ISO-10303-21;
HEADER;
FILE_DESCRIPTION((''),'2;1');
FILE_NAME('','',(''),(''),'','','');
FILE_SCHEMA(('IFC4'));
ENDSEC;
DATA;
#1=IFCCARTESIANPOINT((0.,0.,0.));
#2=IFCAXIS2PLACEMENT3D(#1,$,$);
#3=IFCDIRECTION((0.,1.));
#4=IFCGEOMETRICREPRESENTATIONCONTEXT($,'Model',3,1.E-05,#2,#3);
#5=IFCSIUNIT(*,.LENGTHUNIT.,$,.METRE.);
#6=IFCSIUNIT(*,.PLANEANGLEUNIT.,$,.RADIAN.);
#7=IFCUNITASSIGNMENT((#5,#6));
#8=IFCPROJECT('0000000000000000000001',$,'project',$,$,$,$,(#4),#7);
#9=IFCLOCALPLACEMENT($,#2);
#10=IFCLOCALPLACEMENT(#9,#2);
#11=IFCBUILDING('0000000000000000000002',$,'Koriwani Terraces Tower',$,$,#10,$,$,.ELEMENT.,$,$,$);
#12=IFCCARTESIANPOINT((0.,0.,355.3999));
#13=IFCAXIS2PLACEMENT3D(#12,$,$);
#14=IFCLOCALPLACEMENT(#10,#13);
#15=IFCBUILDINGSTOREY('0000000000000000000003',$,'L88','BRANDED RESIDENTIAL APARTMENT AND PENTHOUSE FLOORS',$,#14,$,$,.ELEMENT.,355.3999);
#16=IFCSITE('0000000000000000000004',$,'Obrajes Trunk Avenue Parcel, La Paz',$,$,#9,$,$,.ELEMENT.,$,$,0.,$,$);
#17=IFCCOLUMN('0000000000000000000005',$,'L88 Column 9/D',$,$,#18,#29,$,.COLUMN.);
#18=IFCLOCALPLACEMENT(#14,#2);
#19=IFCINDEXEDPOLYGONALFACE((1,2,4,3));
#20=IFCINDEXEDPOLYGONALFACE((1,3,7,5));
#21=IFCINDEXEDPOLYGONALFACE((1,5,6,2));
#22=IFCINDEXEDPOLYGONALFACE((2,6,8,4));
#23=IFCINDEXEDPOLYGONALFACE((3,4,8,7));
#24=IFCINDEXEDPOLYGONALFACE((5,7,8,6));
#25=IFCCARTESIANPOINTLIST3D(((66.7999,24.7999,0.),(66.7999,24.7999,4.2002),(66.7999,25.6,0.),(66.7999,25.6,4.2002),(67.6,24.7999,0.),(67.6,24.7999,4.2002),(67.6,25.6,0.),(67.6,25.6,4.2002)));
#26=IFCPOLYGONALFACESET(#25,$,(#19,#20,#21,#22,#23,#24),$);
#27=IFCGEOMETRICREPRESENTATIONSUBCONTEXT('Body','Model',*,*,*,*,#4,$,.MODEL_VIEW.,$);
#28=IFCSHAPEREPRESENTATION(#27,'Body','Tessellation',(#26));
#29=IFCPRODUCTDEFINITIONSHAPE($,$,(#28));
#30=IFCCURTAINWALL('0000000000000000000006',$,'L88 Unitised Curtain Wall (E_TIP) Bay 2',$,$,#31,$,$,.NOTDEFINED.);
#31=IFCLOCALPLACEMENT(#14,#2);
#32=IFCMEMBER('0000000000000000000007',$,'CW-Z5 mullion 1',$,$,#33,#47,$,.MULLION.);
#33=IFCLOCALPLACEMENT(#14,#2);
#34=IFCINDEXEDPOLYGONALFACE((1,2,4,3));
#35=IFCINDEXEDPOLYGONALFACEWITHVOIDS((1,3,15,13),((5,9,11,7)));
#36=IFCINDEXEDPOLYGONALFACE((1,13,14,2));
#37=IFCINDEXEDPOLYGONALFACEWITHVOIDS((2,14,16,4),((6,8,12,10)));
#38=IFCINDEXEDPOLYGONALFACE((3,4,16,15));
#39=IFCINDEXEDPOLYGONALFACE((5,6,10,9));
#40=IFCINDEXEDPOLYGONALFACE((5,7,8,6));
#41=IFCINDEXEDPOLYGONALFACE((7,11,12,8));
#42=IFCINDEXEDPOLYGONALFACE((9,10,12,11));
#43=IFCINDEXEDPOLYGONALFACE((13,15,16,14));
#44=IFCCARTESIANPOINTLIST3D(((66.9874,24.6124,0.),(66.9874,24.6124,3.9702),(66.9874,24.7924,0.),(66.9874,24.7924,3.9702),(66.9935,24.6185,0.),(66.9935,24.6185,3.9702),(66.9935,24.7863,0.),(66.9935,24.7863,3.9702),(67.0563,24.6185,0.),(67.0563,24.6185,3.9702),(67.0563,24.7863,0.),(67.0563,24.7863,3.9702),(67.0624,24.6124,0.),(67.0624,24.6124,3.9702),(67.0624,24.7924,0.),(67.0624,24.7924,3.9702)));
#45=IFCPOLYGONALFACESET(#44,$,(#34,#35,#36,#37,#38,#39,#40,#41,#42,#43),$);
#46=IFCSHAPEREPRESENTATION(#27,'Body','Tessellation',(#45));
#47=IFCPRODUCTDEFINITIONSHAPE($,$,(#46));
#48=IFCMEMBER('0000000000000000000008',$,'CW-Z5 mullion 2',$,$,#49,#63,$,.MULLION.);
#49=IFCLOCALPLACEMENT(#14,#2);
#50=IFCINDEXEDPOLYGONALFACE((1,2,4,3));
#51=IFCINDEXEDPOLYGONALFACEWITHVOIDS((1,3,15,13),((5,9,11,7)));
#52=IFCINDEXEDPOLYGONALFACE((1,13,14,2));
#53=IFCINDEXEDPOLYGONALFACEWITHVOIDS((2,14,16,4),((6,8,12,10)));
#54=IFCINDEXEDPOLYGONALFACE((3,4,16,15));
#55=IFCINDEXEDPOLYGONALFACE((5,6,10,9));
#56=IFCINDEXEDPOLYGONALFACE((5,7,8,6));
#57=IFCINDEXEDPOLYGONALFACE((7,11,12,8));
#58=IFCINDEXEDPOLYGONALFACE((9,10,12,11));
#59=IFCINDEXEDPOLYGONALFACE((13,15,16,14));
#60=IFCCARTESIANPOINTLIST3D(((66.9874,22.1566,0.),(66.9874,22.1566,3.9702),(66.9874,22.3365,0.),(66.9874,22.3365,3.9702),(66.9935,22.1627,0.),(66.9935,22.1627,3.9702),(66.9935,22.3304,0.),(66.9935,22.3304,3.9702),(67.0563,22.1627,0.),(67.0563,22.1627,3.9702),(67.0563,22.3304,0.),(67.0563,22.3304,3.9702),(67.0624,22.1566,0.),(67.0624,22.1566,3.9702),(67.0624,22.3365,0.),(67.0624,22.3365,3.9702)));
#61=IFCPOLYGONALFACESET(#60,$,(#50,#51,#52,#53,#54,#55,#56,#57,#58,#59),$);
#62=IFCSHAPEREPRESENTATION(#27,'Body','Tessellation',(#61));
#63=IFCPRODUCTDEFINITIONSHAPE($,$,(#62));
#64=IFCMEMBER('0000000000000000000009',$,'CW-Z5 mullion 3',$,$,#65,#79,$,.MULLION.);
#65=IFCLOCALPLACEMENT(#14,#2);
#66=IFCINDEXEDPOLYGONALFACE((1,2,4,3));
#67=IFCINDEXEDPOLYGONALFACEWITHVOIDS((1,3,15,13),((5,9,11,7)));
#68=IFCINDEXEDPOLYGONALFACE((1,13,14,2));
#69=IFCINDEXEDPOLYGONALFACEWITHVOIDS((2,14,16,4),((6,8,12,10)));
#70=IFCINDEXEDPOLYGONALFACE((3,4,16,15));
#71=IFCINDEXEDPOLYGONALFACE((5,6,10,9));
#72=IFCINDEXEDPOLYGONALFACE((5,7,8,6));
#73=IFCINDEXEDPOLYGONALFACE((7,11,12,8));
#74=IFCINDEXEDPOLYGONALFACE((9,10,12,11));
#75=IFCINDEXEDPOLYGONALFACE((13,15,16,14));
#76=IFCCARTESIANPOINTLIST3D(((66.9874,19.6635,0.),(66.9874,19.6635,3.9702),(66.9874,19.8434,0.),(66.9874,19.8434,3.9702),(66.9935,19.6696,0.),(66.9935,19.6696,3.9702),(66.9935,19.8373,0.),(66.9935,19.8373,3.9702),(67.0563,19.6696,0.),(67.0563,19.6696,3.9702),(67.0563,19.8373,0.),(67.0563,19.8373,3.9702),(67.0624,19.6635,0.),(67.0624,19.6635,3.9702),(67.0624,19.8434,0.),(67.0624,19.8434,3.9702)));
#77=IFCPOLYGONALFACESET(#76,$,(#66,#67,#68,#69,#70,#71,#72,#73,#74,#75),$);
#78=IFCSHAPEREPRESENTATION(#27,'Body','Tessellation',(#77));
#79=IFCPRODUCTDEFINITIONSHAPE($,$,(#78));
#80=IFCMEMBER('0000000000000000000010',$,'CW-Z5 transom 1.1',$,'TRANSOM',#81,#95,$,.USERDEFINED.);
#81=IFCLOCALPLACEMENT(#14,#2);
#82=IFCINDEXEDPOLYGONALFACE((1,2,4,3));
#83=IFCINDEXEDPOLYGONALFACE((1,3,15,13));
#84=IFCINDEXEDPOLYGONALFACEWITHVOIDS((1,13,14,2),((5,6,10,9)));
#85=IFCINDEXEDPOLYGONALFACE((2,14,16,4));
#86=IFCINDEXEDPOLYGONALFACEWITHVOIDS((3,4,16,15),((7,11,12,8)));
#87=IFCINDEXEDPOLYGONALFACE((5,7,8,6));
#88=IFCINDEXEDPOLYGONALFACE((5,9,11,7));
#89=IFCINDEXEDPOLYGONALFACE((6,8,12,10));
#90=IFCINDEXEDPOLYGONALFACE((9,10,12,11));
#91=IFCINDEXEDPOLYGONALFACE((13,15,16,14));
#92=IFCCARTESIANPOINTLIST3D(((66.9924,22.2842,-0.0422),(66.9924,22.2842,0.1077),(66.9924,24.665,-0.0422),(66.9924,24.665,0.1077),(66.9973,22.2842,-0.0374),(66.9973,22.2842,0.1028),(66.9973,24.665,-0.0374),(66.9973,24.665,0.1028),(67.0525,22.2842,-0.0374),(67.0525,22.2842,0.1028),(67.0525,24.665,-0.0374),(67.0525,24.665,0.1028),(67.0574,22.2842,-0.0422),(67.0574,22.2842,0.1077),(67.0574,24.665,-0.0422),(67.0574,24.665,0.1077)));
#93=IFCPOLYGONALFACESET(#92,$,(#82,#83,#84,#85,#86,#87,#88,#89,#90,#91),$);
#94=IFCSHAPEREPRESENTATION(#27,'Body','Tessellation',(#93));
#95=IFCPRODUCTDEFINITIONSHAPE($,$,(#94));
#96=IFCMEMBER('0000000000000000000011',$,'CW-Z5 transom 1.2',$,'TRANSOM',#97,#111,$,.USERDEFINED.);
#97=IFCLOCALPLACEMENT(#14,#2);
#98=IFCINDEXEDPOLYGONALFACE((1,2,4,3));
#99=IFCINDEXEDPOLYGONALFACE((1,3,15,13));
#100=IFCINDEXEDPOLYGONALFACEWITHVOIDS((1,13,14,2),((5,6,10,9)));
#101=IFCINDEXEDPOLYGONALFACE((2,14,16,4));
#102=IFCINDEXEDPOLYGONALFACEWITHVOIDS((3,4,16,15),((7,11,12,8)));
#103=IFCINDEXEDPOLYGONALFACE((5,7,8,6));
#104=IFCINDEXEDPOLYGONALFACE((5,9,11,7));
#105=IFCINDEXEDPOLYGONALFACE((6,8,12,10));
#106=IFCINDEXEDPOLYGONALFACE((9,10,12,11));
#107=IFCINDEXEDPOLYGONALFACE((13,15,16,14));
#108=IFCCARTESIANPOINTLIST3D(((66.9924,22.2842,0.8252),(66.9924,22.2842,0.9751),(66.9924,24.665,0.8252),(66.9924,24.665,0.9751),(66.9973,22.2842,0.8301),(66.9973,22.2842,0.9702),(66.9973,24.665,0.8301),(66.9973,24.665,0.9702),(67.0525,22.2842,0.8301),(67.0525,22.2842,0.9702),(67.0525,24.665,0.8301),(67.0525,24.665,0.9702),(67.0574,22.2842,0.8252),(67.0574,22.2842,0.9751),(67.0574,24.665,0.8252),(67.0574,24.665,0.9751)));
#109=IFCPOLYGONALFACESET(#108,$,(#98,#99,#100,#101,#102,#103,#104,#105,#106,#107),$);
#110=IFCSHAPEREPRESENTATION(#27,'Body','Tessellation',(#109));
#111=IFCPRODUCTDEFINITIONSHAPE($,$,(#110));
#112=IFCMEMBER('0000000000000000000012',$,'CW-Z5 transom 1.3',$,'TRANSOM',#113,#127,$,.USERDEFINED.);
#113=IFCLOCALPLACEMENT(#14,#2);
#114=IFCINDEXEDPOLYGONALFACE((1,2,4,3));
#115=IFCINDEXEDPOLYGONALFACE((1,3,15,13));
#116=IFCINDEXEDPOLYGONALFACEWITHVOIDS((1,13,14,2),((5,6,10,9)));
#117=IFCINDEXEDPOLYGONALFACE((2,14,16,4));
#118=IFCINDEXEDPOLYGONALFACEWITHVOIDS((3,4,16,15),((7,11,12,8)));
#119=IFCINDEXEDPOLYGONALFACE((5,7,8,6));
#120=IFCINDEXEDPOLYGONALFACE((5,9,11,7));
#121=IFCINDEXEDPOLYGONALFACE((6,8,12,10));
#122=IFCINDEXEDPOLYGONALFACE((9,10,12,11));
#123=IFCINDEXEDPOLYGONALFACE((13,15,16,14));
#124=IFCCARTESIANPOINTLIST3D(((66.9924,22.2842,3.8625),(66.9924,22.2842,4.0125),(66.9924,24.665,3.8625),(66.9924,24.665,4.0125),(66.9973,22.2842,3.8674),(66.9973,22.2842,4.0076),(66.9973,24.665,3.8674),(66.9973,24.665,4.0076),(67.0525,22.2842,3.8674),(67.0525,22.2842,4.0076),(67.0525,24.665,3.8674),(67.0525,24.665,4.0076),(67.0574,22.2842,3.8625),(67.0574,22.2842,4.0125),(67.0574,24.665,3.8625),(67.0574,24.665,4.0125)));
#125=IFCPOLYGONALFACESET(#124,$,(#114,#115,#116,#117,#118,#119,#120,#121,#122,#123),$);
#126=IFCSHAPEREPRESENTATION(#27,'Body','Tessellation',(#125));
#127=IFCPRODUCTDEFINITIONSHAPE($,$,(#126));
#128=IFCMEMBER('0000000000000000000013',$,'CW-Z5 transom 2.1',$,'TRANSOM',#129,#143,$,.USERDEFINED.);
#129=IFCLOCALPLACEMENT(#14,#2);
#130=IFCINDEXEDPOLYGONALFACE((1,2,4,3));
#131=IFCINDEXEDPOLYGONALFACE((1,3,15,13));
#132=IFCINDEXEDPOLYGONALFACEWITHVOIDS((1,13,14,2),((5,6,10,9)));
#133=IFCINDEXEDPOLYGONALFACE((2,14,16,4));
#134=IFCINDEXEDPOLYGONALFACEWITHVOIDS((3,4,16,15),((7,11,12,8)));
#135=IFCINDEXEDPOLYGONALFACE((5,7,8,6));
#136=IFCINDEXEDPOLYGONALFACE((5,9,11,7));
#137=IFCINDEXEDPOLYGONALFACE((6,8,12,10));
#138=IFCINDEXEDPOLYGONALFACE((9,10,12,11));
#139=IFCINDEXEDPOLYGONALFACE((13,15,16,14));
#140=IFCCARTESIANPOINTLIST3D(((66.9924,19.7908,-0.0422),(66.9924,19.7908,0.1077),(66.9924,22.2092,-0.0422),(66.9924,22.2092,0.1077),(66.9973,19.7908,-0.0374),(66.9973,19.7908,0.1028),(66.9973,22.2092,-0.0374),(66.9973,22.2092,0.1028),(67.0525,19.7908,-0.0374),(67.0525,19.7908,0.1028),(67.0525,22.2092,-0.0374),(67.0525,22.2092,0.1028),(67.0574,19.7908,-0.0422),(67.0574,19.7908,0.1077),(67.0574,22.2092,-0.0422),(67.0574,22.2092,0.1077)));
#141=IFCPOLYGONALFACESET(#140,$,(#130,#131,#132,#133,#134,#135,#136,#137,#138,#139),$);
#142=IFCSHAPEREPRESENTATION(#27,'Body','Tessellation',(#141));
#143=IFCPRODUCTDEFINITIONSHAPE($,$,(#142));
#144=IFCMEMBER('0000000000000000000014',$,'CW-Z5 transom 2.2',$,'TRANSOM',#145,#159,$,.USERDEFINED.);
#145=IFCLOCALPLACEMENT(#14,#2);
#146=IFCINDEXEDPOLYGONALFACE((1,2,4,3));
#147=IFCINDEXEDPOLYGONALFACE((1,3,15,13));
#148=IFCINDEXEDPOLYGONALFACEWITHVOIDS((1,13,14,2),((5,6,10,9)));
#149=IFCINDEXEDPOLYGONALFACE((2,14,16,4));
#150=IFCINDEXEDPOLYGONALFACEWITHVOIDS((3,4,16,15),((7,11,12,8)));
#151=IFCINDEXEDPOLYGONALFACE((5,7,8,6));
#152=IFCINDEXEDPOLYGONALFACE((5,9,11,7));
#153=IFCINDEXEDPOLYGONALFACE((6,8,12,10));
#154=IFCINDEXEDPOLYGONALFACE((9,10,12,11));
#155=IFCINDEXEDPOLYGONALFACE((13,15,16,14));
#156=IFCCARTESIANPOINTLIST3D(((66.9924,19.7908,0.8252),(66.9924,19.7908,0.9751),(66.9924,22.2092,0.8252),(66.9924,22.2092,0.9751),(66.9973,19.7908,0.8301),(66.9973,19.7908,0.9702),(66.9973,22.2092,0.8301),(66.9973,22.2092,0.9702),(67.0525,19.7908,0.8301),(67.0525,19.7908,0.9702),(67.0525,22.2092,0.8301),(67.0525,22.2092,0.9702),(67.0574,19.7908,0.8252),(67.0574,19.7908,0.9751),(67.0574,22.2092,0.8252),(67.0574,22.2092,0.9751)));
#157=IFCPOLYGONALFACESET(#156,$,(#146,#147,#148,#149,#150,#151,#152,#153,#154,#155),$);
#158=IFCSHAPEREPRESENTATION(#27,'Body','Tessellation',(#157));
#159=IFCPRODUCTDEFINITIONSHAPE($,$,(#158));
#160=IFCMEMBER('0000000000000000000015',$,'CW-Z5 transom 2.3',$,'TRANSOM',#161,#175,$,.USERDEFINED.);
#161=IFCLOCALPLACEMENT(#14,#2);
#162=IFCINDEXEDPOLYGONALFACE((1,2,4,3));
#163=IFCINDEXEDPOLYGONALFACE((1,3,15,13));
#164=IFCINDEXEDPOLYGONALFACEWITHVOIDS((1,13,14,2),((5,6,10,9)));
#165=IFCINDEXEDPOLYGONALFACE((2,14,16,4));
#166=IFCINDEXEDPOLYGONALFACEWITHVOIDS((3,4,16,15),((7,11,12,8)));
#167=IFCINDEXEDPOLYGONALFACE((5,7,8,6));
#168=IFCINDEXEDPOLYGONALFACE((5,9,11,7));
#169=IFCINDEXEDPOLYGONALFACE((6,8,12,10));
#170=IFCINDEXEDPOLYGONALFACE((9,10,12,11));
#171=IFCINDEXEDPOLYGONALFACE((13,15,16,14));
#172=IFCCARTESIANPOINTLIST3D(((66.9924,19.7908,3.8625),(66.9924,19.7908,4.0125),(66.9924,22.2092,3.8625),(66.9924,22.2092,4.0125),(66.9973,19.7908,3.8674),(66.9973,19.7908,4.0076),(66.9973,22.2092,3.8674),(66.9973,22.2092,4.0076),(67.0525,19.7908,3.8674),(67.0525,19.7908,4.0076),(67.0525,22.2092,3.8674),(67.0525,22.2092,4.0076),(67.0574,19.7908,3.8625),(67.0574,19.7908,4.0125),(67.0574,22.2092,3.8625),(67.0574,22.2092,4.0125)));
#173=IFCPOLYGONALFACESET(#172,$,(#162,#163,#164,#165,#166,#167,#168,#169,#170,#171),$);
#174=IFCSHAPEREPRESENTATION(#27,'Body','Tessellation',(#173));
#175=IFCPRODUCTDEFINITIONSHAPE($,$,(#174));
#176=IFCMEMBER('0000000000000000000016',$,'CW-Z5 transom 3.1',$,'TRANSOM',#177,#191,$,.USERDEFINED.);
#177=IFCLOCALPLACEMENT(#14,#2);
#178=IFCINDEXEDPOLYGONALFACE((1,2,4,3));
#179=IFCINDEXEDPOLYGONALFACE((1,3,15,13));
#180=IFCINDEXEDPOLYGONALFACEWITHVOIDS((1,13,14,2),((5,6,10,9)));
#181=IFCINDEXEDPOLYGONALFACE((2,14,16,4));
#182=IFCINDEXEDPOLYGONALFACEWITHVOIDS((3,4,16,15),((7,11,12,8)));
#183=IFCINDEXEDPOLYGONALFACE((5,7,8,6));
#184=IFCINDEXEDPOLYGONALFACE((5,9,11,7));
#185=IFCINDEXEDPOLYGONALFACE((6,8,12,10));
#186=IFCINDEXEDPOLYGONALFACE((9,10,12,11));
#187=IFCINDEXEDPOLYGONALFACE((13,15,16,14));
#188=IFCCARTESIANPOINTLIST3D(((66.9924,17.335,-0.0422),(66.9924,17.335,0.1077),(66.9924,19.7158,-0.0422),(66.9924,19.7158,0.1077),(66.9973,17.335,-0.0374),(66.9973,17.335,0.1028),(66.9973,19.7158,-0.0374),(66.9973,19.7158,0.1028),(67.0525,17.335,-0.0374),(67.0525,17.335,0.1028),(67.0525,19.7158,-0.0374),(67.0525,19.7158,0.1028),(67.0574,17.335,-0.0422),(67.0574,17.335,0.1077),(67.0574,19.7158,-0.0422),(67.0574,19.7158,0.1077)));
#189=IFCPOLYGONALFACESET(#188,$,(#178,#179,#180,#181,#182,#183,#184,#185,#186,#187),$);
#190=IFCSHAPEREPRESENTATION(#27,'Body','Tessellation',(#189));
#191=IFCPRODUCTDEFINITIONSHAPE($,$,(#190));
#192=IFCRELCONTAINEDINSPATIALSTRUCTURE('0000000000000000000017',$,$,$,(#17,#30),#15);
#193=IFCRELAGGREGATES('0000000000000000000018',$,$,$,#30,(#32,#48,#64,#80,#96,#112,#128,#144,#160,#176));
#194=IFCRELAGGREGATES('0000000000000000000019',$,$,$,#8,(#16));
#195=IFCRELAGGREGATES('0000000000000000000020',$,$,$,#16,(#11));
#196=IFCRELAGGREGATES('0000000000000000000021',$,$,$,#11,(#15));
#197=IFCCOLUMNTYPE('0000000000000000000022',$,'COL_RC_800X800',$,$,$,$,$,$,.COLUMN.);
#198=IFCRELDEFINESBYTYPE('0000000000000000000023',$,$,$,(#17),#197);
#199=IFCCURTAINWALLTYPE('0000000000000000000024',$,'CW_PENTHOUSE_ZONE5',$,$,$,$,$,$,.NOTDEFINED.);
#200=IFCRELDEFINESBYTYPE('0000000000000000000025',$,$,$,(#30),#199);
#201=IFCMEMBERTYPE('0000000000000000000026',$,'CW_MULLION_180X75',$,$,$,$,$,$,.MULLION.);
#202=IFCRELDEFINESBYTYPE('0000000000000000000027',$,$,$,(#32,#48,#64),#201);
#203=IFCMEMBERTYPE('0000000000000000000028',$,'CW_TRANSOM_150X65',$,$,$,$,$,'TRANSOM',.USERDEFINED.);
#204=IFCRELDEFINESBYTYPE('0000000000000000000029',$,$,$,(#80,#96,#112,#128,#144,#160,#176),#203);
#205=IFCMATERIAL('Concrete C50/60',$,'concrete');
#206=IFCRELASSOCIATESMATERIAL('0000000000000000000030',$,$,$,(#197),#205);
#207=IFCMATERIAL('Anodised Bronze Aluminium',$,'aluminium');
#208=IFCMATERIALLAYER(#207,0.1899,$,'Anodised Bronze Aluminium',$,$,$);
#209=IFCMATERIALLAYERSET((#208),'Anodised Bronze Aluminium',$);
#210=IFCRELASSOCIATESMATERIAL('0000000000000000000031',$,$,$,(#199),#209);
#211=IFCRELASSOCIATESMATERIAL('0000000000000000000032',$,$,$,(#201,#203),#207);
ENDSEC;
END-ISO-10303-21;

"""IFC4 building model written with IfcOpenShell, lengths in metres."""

from ifc_helpers import new_model, si_unit, direction, frame, origin, origin_2d, place, context, subcontext, project, spatial, rectangle, hollow_rectangle, extrude, material, layer, layer_set, material_profile, profile_set, type_object, element, aggregate, save


model = new_model("IFC4")

# Units and contexts
model_context = context("Model", 3, precision=1e-05, world=origin(), true_north=direction((0.0, 1.0)))
body_context = subcontext(model_context, "Body", "Model", "MODEL_VIEW")
ifc_project = project(units=[si_unit("LENGTHUNIT", "METRE"), si_unit("PLANEANGLEUNIT", "RADIAN")], contexts=[model_context])

# Site, building, storey
site_placement = place(None, origin())
site = spatial("IfcSite", under=ifc_project, at=site_placement, Name="Obrajes Trunk Avenue Parcel, La Paz", CompositionType="ELEMENT", RefElevation=0.0)
building_placement = place(site_placement, origin())
building = spatial("IfcBuilding", under=site, at=building_placement, Name="Koriwani Terraces Tower", CompositionType="ELEMENT")
storey_placement = place(building_placement, frame((0.0, 0.0, 355.3999)))
storey = spatial("IfcBuildingStorey", under=building, at=storey_placement, Name="L88", Description="BRANDED RESIDENTIAL APARTMENT AND PENTHOUSE FLOORS", CompositionType="ELEMENT", Elevation=355.3999)

# Column
ifc_material_1 = material(Name="Concrete C50/60", Category="concrete")
ifc_material_profile_1 = material_profile(ifc_material_1, rectangle(XDim=0.8, YDim=0.8, at=origin_2d()), Name="Concrete C50/60", Category="LoadBearing")
ifc_profile_set_1 = profile_set([ifc_material_profile_1], Name="Concrete C50/60")
column_type = type_object("IfcColumnType", Name="COL_RC_800X800", PredefinedType="COLUMN", material=ifc_profile_set_1)
column_placement = place(storey_placement, frame((67.2, 25.2, 0.0), z_axis=(0.0, 0.0, 1.0), x_axis=(1.0, 0.0, 0.0)))
element("IfcColumn", 1, at=column_placement, inside=storey, type_object=column_type, Name="L88 Column 9/D", PredefinedType="COLUMN", context=body_context, shape_type="SweptSolid", body=[
    extrude(rectangle(XDim=0.8, YDim=0.8, at=origin_2d()), origin(), (0.0, 0.0, 1.0), 4.2002),
])

# Curtain wall, members
ifc_material_2 = material(Name="Anodised Bronze Aluminium", Category="aluminium")
ifc_layer_1 = layer(ifc_material_2, 0.1899, Name="Anodised Bronze Aluminium")
ifc_layer_set_1 = layer_set([ifc_layer_1], Name="Anodised Bronze Aluminium")
curtain_wall_type = type_object("IfcCurtainWallType", Name="CW_PENTHOUSE_ZONE5", PredefinedType="NOTDEFINED", material=ifc_layer_set_1)
curtain_wall_placement = place(storey_placement, origin())
curtain_wall = element("IfcCurtainWall", 2, at=curtain_wall_placement, inside=storey, type_object=curtain_wall_type, Name="L88 Unitised Curtain Wall (E_TIP) Bay 2", PredefinedType="NOTDEFINED")
ifc_material_profile_2 = material_profile(ifc_material_2, hollow_rectangle(XDim=0.075, YDim=0.1799, WallThickness=0.0061, at=origin_2d()), Name="Anodised Bronze Aluminium", Category="LoadBearing")
ifc_profile_set_2 = profile_set([ifc_material_profile_2], Name="Anodised Bronze Aluminium")
member_type_1 = type_object("IfcMemberType", Name="CW_MULLION_180X75", PredefinedType="MULLION", material=ifc_profile_set_2)
member_1_placement = place(storey_placement, frame((67.0249, 24.7024, 0.0), z_axis=(0.0, 0.0, 1.0), x_axis=(1.0, 0.0, 0.0)))
member_1 = element("IfcMember", 3, at=member_1_placement, type_object=member_type_1, Name="CW-Z5 mullion 1", PredefinedType="MULLION", context=body_context, shape_type="SweptSolid", body=[
    extrude(hollow_rectangle(XDim=0.075, YDim=0.1799, WallThickness=0.0061, at=origin_2d()), origin(), (0.0, 0.0, 1.0), 3.9702),
])
member_2_placement = place(storey_placement, frame((67.0249, 22.2466, 0.0), z_axis=(0.0, 0.0, 1.0), x_axis=(1.0, 0.0, 0.0)))
member_2 = element("IfcMember", 4, at=member_2_placement, type_object=member_type_1, Name="CW-Z5 mullion 2", PredefinedType="MULLION", context=body_context, shape_type="SweptSolid", body=[
    extrude(hollow_rectangle(XDim=0.075, YDim=0.1799, WallThickness=0.0061, at=origin_2d()), origin(), (0.0, 0.0, 1.0), 3.9702),
])
member_3_placement = place(storey_placement, frame((67.0249, 19.7534, 0.0), z_axis=(0.0, 0.0, 1.0), x_axis=(1.0, 0.0, 0.0)))
member_3 = element("IfcMember", 5, at=member_3_placement, type_object=member_type_1, Name="CW-Z5 mullion 3", PredefinedType="MULLION", context=body_context, shape_type="SweptSolid", body=[
    extrude(hollow_rectangle(XDim=0.075, YDim=0.1799, WallThickness=0.0061, at=origin_2d()), origin(), (0.0, 0.0, 1.0), 3.9702),
])
ifc_material_profile_3 = material_profile(ifc_material_2, hollow_rectangle(XDim=0.0649, YDim=0.1499, WallThickness=0.0049, at=origin_2d()), Name="Anodised Bronze Aluminium", Category="LoadBearing")
ifc_profile_set_3 = profile_set([ifc_material_profile_3], Name="Anodised Bronze Aluminium")
member_type_2 = type_object("IfcMemberType", Name="CW_TRANSOM_150X65", ElementType="TRANSOM", PredefinedType="USERDEFINED", material=ifc_profile_set_3)
member_4_placement = place(storey_placement, frame((67.0249, 24.665, 0.0327), z_axis=(0.0, -1.0, 0.0), x_axis=(1.0, 0.0, 0.0)))
member_4 = element("IfcMember", 6, at=member_4_placement, type_object=member_type_2, Name="CW-Z5 transom 1.1", ObjectType="TRANSOM", PredefinedType="USERDEFINED", context=body_context, shape_type="SweptSolid", body=[
    extrude(hollow_rectangle(XDim=0.0649, YDim=0.1499, WallThickness=0.0049, at=origin_2d()), origin(), (0.0, 0.0, 1.0), 2.3809),
])
member_5_placement = place(storey_placement, frame((67.0249, 24.665, 0.9001), z_axis=(0.0, -1.0, 0.0), x_axis=(1.0, 0.0, 0.0)))
member_5 = element("IfcMember", 7, at=member_5_placement, type_object=member_type_2, Name="CW-Z5 transom 1.2", ObjectType="TRANSOM", PredefinedType="USERDEFINED", context=body_context, shape_type="SweptSolid", body=[
    extrude(hollow_rectangle(XDim=0.0649, YDim=0.1499, WallThickness=0.0049, at=origin_2d()), origin(), (0.0, 0.0, 1.0), 2.3809),
])
member_6_placement = place(storey_placement, frame((67.0249, 24.665, 3.9375), z_axis=(0.0, -1.0, 0.0), x_axis=(1.0, 0.0, 0.0)))
member_6 = element("IfcMember", 8, at=member_6_placement, type_object=member_type_2, Name="CW-Z5 transom 1.3", ObjectType="TRANSOM", PredefinedType="USERDEFINED", context=body_context, shape_type="SweptSolid", body=[
    extrude(hollow_rectangle(XDim=0.0649, YDim=0.1499, WallThickness=0.0049, at=origin_2d()), origin(), (0.0, 0.0, 1.0), 2.3809),
])
member_7_placement = place(storey_placement, frame((67.0249, 22.2092, 0.0327), z_axis=(0.0, -1.0, 0.0), x_axis=(1.0, 0.0, 0.0)))
member_7 = element("IfcMember", 9, at=member_7_placement, type_object=member_type_2, Name="CW-Z5 transom 2.1", ObjectType="TRANSOM", PredefinedType="USERDEFINED", context=body_context, shape_type="SweptSolid", body=[
    extrude(hollow_rectangle(XDim=0.0649, YDim=0.1499, WallThickness=0.0049, at=origin_2d()), origin(), (0.0, 0.0, 1.0), 2.4185),
])
member_8_placement = place(storey_placement, frame((67.0249, 22.2092, 0.9001), z_axis=(0.0, -1.0, 0.0), x_axis=(1.0, 0.0, 0.0)))
member_8 = element("IfcMember", 10, at=member_8_placement, type_object=member_type_2, Name="CW-Z5 transom 2.2", ObjectType="TRANSOM", PredefinedType="USERDEFINED", context=body_context, shape_type="SweptSolid", body=[
    extrude(hollow_rectangle(XDim=0.0649, YDim=0.1499, WallThickness=0.0049, at=origin_2d()), origin(), (0.0, 0.0, 1.0), 2.4185),
])
member_9_placement = place(storey_placement, frame((67.0249, 22.2092, 3.9375), z_axis=(0.0, -1.0, 0.0), x_axis=(1.0, 0.0, 0.0)))
member_9 = element("IfcMember", 11, at=member_9_placement, type_object=member_type_2, Name="CW-Z5 transom 2.3", ObjectType="TRANSOM", PredefinedType="USERDEFINED", context=body_context, shape_type="SweptSolid", body=[
    extrude(hollow_rectangle(XDim=0.0649, YDim=0.1499, WallThickness=0.0049, at=origin_2d()), origin(), (0.0, 0.0, 1.0), 2.4185),
])
member_10_placement = place(storey_placement, frame((67.0249, 19.7158, 0.0327), z_axis=(0.0, -1.0, 0.0), x_axis=(1.0, 0.0, 0.0)))
member_10 = element("IfcMember", 12, at=member_10_placement, type_object=member_type_2, Name="CW-Z5 transom 3.1", ObjectType="TRANSOM", PredefinedType="USERDEFINED", context=body_context, shape_type="SweptSolid", body=[
    extrude(hollow_rectangle(XDim=0.0649, YDim=0.1499, WallThickness=0.0049, at=origin_2d()), origin(), (0.0, 0.0, 1.0), 2.3809),
])

aggregate(curtain_wall, [member_1, member_2, member_3, member_4, member_5, member_6, member_7, member_8, member_9, member_10])

save(model, "model.ifc")
